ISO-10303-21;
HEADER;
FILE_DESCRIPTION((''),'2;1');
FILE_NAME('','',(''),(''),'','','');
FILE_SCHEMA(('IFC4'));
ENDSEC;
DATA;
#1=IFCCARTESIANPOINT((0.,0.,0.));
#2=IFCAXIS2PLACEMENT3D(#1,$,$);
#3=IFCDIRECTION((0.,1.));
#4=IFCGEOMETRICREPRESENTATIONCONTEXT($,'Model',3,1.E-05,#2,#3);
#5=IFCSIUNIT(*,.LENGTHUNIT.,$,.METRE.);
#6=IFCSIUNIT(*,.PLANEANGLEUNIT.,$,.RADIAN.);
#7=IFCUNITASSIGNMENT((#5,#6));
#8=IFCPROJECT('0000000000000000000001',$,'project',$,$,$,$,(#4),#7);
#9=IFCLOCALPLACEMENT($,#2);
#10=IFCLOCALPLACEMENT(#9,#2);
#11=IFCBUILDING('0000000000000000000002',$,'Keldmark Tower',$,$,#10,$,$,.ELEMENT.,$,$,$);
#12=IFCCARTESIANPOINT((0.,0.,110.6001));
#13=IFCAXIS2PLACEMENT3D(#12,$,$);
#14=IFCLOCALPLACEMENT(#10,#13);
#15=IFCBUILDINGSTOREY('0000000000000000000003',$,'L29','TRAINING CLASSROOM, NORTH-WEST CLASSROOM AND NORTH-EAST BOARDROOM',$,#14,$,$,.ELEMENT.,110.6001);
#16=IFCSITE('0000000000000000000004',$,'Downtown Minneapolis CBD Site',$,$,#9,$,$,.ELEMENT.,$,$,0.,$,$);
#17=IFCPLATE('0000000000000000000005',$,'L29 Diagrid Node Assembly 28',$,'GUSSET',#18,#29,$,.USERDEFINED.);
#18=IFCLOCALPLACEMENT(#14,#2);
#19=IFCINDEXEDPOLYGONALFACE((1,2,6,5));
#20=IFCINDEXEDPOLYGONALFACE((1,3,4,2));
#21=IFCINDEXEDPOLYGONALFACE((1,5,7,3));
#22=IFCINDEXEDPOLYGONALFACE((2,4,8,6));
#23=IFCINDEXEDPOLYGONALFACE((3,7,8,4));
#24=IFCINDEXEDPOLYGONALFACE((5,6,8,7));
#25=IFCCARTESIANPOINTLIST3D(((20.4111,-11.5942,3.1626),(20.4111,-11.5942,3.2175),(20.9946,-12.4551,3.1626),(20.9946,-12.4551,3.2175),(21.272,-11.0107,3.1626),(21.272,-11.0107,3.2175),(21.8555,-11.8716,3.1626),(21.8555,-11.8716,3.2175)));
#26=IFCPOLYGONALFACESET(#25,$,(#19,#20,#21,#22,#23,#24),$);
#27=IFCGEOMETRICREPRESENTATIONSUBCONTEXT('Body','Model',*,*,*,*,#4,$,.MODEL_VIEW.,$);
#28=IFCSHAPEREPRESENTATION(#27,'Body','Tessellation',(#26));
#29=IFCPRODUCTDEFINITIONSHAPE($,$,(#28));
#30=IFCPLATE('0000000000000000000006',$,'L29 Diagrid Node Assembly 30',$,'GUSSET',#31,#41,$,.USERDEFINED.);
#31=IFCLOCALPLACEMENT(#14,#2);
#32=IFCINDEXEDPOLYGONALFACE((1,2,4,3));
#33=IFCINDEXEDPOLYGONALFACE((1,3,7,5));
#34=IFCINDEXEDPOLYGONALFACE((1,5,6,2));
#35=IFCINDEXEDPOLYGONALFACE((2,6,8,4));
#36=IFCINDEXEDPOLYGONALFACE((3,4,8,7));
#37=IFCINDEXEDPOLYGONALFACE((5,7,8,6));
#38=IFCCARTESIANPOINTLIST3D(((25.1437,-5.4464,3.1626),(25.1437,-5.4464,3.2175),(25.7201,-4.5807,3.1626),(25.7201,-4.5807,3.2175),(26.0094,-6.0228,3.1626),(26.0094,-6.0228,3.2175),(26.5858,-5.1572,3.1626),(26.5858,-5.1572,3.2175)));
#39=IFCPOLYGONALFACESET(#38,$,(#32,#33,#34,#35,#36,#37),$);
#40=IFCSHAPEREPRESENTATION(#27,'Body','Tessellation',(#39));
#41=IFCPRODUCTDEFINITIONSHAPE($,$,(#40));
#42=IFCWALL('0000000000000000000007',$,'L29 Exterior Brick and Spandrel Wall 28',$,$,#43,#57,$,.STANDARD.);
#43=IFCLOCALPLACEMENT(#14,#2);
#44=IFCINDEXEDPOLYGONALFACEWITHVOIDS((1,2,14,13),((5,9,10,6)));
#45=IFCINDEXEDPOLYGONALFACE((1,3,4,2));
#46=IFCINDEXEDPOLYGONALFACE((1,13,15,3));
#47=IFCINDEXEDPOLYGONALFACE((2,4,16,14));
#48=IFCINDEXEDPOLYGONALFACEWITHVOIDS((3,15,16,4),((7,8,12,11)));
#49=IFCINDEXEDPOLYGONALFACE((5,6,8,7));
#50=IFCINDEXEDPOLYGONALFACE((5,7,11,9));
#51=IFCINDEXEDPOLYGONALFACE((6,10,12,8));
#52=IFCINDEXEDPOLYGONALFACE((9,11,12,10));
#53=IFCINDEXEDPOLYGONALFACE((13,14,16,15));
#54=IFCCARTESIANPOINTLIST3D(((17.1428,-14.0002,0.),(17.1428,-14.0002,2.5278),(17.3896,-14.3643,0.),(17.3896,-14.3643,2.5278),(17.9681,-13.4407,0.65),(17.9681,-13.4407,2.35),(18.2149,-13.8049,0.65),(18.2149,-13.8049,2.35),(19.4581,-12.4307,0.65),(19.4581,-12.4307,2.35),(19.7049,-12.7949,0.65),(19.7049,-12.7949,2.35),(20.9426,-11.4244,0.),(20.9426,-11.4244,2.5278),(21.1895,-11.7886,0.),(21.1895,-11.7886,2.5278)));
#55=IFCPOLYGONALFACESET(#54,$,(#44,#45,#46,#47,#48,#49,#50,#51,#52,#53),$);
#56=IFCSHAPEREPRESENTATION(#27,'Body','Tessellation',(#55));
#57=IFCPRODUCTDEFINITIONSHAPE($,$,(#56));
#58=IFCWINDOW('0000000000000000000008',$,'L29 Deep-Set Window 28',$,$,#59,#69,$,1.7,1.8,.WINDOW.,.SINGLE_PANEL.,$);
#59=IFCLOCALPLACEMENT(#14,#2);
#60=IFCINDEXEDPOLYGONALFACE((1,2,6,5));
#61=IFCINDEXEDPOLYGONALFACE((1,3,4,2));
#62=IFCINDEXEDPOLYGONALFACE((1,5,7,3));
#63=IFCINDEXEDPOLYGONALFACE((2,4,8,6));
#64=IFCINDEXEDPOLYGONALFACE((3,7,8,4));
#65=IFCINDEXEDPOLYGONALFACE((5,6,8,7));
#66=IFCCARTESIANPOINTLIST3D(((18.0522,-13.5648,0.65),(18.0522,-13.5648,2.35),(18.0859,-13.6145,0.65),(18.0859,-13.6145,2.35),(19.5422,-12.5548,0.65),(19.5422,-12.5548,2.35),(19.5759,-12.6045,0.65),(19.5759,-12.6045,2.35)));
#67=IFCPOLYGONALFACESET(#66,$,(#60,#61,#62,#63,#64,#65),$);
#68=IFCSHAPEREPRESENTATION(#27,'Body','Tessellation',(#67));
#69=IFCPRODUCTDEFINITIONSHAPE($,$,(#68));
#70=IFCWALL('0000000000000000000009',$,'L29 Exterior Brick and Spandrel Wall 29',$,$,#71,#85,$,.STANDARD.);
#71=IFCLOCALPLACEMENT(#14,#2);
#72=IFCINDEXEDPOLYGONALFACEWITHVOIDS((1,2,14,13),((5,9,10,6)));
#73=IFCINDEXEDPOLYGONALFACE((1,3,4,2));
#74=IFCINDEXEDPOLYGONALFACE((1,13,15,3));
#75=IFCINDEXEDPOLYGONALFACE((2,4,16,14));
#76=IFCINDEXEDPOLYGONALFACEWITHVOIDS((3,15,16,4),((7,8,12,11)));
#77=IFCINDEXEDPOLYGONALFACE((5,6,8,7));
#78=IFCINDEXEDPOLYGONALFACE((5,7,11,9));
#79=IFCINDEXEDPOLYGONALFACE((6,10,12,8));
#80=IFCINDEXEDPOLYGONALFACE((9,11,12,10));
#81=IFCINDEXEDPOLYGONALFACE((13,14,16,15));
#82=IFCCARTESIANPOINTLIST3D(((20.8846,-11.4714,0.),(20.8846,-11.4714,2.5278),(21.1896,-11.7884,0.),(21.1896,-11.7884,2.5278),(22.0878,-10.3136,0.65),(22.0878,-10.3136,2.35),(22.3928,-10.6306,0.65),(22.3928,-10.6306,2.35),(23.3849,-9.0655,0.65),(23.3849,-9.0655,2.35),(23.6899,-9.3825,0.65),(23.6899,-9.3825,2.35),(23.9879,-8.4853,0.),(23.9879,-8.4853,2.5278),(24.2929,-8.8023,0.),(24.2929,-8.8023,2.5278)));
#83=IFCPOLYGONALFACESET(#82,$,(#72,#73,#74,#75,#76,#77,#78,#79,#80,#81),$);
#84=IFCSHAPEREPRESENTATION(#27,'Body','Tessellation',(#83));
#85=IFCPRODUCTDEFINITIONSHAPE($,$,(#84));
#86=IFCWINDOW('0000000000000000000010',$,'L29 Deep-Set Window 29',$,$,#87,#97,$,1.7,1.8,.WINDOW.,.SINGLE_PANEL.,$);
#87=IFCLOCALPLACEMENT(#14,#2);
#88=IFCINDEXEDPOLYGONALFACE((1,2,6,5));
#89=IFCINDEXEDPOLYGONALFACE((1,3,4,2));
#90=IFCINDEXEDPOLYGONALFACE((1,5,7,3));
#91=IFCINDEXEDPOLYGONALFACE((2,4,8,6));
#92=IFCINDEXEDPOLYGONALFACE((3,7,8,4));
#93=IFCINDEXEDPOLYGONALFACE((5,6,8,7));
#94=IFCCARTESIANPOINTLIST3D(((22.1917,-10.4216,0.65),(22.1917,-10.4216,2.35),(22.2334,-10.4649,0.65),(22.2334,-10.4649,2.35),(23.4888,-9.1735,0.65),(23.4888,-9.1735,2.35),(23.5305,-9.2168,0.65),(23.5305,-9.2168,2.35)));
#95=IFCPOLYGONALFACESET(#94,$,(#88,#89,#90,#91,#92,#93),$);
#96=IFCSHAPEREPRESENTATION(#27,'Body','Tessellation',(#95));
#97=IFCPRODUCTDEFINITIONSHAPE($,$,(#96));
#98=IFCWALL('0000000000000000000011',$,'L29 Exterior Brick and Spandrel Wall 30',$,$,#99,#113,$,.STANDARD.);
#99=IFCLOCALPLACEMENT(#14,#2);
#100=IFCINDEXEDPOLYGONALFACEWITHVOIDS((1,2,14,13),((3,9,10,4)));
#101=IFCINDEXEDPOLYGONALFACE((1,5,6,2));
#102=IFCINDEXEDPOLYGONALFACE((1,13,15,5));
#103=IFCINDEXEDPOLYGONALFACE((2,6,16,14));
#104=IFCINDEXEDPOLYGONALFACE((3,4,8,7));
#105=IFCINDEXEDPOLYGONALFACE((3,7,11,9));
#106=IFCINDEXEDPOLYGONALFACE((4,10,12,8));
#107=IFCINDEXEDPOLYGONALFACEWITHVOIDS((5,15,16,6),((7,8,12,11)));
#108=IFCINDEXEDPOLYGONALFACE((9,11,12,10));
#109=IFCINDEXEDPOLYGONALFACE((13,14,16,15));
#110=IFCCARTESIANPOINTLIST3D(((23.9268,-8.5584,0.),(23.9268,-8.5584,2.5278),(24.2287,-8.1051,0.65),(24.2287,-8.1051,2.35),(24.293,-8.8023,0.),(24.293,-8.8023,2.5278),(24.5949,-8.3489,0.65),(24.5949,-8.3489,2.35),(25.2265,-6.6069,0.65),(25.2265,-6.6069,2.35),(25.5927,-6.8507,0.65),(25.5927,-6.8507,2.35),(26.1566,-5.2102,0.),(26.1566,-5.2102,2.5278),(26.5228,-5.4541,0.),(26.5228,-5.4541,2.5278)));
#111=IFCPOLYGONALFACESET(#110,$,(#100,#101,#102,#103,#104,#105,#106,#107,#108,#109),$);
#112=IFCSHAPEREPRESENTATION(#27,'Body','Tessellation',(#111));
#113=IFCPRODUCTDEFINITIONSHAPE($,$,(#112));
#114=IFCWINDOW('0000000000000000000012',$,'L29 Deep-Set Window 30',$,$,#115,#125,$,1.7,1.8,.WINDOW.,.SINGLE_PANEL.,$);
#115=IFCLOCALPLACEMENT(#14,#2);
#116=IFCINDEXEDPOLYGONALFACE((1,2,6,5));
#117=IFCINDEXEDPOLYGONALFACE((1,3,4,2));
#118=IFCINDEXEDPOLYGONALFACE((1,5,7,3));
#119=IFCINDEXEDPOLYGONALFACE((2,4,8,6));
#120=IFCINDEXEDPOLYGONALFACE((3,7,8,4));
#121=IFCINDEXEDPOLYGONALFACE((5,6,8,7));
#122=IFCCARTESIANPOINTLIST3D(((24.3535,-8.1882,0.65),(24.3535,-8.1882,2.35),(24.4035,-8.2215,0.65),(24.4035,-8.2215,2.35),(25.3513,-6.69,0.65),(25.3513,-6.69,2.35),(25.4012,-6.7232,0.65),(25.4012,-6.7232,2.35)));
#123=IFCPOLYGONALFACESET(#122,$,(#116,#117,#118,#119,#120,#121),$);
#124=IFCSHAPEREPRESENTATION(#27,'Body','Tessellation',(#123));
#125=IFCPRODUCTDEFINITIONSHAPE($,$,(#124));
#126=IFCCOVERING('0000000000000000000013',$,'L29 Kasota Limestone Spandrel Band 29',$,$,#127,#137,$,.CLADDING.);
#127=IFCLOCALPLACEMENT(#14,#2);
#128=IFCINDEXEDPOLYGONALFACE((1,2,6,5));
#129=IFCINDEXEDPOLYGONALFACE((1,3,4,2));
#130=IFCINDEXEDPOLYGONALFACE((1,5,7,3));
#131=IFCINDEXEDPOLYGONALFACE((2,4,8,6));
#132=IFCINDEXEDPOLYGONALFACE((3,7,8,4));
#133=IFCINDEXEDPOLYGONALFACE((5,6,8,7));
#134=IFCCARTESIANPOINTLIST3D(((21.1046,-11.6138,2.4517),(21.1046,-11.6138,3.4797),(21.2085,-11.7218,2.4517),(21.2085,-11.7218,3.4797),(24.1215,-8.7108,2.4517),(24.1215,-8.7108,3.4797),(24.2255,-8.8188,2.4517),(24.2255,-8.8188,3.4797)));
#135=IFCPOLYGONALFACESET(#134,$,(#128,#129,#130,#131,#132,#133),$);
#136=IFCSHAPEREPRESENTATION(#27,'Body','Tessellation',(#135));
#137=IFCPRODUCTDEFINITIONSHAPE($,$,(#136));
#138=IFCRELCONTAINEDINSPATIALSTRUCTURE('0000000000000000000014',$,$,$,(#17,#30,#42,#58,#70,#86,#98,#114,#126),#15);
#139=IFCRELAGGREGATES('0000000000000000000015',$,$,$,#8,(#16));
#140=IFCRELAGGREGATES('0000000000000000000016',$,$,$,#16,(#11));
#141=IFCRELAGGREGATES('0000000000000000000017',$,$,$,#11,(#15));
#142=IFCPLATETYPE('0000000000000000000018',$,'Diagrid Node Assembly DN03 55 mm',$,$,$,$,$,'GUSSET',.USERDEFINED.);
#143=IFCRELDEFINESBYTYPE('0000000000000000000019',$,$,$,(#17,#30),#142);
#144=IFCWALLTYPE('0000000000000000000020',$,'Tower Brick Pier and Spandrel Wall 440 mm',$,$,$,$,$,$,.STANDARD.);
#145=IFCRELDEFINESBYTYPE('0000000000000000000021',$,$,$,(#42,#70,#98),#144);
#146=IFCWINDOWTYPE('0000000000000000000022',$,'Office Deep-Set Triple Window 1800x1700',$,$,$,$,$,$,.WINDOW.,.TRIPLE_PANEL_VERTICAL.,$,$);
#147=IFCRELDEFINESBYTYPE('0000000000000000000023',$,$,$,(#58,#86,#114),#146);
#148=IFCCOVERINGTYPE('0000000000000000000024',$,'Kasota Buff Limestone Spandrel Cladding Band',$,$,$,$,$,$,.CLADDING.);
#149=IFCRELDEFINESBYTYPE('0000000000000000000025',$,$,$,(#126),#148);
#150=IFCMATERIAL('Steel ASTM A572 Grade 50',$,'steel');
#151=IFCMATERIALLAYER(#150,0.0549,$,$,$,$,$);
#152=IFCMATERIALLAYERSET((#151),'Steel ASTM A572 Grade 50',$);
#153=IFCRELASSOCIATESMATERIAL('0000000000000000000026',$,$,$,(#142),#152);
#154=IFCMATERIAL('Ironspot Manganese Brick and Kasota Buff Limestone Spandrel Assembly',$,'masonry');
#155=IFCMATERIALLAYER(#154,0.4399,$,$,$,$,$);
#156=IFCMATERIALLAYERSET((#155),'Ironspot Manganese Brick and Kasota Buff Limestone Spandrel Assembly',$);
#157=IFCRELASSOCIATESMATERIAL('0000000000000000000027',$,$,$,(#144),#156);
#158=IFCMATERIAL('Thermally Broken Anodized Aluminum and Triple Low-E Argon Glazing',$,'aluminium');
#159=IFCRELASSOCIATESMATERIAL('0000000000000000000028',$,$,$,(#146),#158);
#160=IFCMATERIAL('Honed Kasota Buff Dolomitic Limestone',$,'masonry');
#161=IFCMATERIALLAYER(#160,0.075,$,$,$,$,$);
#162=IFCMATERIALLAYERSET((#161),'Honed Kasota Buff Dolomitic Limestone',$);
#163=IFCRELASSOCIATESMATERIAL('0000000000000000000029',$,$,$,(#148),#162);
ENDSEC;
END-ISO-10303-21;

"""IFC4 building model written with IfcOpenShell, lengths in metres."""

from ifc_helpers import new_model, si_unit, direction, frame, frame_2d, origin, origin_2d, place, context, subcontext, project, spatial, rectangle, extrude, material, layer, layer_set, type_object, element, fill, save


model = new_model("IFC4")

# Units and contexts
model_context = context("Model", 3, precision=1e-05, world=origin(), true_north=direction((0.0, 1.0)))
body_context = subcontext(model_context, "Body", "Model", "MODEL_VIEW")
ifc_project = project(units=[si_unit("LENGTHUNIT", "METRE"), si_unit("PLANEANGLEUNIT", "RADIAN")], contexts=[model_context])

# Site, building, storey
site_placement = place(None, origin())
site = spatial("IfcSite", under=ifc_project, at=site_placement, Name="Downtown Minneapolis CBD Site", CompositionType="ELEMENT", RefElevation=0.0)
building_placement = place(site_placement, origin())
building = spatial("IfcBuilding", under=site, at=building_placement, Name="Keldmark Tower", CompositionType="ELEMENT")
storey_placement = place(building_placement, frame((0.0, 0.0, 110.6001)))
storey = spatial("IfcBuildingStorey", under=building, at=storey_placement, Name="L29", Description="TRAINING CLASSROOM, NORTH-WEST CLASSROOM AND NORTH-EAST BOARDROOM", CompositionType="ELEMENT", Elevation=110.6001)

# Plates
ifc_material_1 = material(Name="Steel ASTM A572 Grade 50", Category="steel")
ifc_layer_1 = layer(ifc_material_1, 0.0549)
ifc_layer_set_1 = layer_set([ifc_layer_1], Name="Steel ASTM A572 Grade 50")
plate_type = type_object("IfcPlateType", Name="Diagrid Node Assembly DN03 55 mm", ElementType="GUSSET", PredefinedType="USERDEFINED", material=ifc_layer_set_1)
for number, where, z_axis, x_axis, name in (
    (1, (21.1333, -11.7329, 3.1626), (0.0, 0.0, 1.0), (0.827767, 0.561072, 0.0), "L29 Diagrid Node Assembly 28"),
    (2, (25.8647, -5.3018, 3.1626), (0.0, 0.0, 1.0), (0.554263, 0.832341, 0.0), "L29 Diagrid Node Assembly 30"),
):
    element("IfcPlate", number, at=place(storey_placement, frame(where, z_axis=z_axis, x_axis=x_axis)), inside=storey, type_object=plate_type, Name=name, ObjectType="GUSSET", PredefinedType="USERDEFINED", context=body_context, shape_type="SweptSolid", body=[
        extrude(rectangle(XDim=1.04, YDim=1.04, at=origin_2d()), origin(), (0.0, 0.0, 1.0), 0.0549),
    ])

# Walls, openings, windows
ifc_material_2 = material(Name="Ironspot Manganese Brick and Kasota Buff Limestone Spandrel Assembly", Category="masonry")
ifc_layer_2 = layer(ifc_material_2, 0.4399)
ifc_layer_set_2 = layer_set([ifc_layer_2], Name="Ironspot Manganese Brick and Kasota Buff Limestone Spandrel Assembly")
wall_type = type_object("IfcWallType", Name="Tower Brick Pier and Spandrel Wall 440 mm", PredefinedType="STANDARD", material=ifc_layer_set_2)
wall_1_placement = place(storey_placement, frame((21.0662, -11.6064, 0.0), z_axis=(0.0, 0.0, 1.0), x_axis=(-0.827755, -0.56109, 0.0)))
wall_1 = element("IfcWall", 3, at=wall_1_placement, inside=storey, type_object=wall_type, Name="L29 Exterior Brick and Spandrel Wall 28", PredefinedType="STANDARD", context=body_context, shape_type="SweptSolid", body=[
    extrude(rectangle(XDim=4.5906, YDim=0.4399, at=frame_2d((2.2954, 0.0))), origin(), (0.0, 0.0, 1.0), 2.5278),
])
opening_1_placement = place(wall_1_placement, frame((1.7937, 0.0, 0.6499)))
opening_1 = element("IfcOpeningElement", 4, at=opening_1_placement, cuts=wall_1, PredefinedType="OPENING", context=body_context, shape_type="SweptSolid", body=[
    extrude(rectangle(XDim=1.8, YDim=1.7, at=frame_2d((0.8999, 0.8501))), frame((0.0, 0.23, 0.0), z_axis=(0.0, -1.0, 0.0), x_axis=(1.0, 0.0, 0.0)), (0.0, 0.0, 1.0), 0.46),
])
ifc_material_3 = material(Name="Thermally Broken Anodized Aluminum and Triple Low-E Argon Glazing", Category="aluminium")
window_type = type_object("IfcWindowType", Name="Office Deep-Set Triple Window 1800x1700", PartitioningType="TRIPLE_PANEL_VERTICAL", PredefinedType="WINDOW", material=ifc_material_3)
window_1_placement = place(opening_1_placement, origin())
window_1 = element("IfcWindow", 5, at=window_1_placement, inside=storey, type_object=window_type, Name="L29 Deep-Set Window 28", OverallHeight=1.7, OverallWidth=1.8, PartitioningType="SINGLE_PANEL", PredefinedType="WINDOW", context=body_context, shape_type="SweptSolid", body=[
    extrude(rectangle(XDim=1.8, YDim=1.7, at=frame_2d((0.8999, 0.8501))), frame((0.0, -0.01, 0.0), z_axis=(0.0, -1.0, 0.0), x_axis=(1.0, 0.0, 0.0)), (0.0, 0.0, 1.0), 0.0601),
])
fill(opening_1, window_1)
wall_2_placement = place(storey_placement, frame((24.1404, -8.6438, 0.0), z_axis=(0.0, 0.0, 1.0), x_axis=(-0.720581, -0.69337, 0.0)))
wall_2 = element("IfcWall", 6, at=wall_2_placement, inside=storey, type_object=wall_type, Name="L29 Exterior Brick and Spandrel Wall 29", PredefinedType="STANDARD", context=body_context, shape_type="SweptSolid", body=[
    extrude(rectangle(XDim=4.3066, YDim=0.4399, at=frame_2d((2.1533, 0.0))), origin(), (0.0, 0.0, 1.0), 2.5278),
])
opening_2_placement = place(wall_2_placement, frame((0.8369, 0.0, 0.6499)))
opening_2 = element("IfcOpeningElement", 7, at=opening_2_placement, cuts=wall_2, PredefinedType="OPENING", context=body_context, shape_type="SweptSolid", body=[
    extrude(rectangle(XDim=1.8, YDim=1.7, at=frame_2d((0.8999, 0.8501))), frame((0.0, 0.23, 0.0), z_axis=(0.0, -1.0, 0.0), x_axis=(1.0, 0.0, 0.0)), (0.0, 0.0, 1.0), 0.46),
])
window_2_placement = place(opening_2_placement, origin())
window_2 = element("IfcWindow", 8, at=window_2_placement, inside=storey, type_object=window_type, Name="L29 Deep-Set Window 29", OverallHeight=1.7, OverallWidth=1.8, PartitioningType="SINGLE_PANEL", PredefinedType="WINDOW", context=body_context, shape_type="SweptSolid", body=[
    extrude(rectangle(XDim=1.8, YDim=1.7, at=frame_2d((0.8999, 0.8501))), frame((0.0, -0.01, 0.0), z_axis=(0.0, -1.0, 0.0), x_axis=(1.0, 0.0, 0.0)), (0.0, 0.0, 1.0), 0.0601),
])
fill(opening_2, window_2)
wall_3_placement = place(storey_placement, frame((26.3396, -5.3323, 0.0), z_axis=(0.0, 0.0, 1.0), x_axis=(-0.554294, -0.832321, 0.0)))
wall_3 = element("IfcWall", 9, at=wall_3_placement, inside=storey, type_object=wall_type, Name="L29 Exterior Brick and Spandrel Wall 30", PredefinedType="STANDARD", context=body_context, shape_type="SweptSolid", body=[
    extrude(rectangle(XDim=4.0227, YDim=0.4399, at=frame_2d((2.0112, 0.0))), origin(), (0.0, 0.0, 1.0), 2.5278),
])
opening_3_placement = place(wall_3_placement, frame((1.678, 0.0, 0.6499)))
opening_3 = element("IfcOpeningElement", 10, at=opening_3_placement, cuts=wall_3, PredefinedType="OPENING", context=body_context, shape_type="SweptSolid", body=[
    extrude(rectangle(XDim=1.8, YDim=1.7, at=frame_2d((0.8999, 0.8501))), frame((0.0, 0.23, 0.0), z_axis=(0.0, -1.0, 0.0), x_axis=(1.0, 0.0, 0.0)), (0.0, 0.0, 1.0), 0.46),
])
window_3_placement = place(opening_3_placement, origin())
window_3 = element("IfcWindow", 11, at=window_3_placement, inside=storey, type_object=window_type, Name="L29 Deep-Set Window 30", OverallHeight=1.7, OverallWidth=1.8, PartitioningType="SINGLE_PANEL", PredefinedType="WINDOW", context=body_context, shape_type="SweptSolid", body=[
    extrude(rectangle(XDim=1.8, YDim=1.7, at=frame_2d((0.8999, 0.8501))), frame((0.0, -0.01, 0.0), z_axis=(0.0, -1.0, 0.0), x_axis=(1.0, 0.0, 0.0)), (0.0, 0.0, 1.0), 0.0601),
])
fill(opening_3, window_3)

# Covering
ifc_material_4 = material(Name="Honed Kasota Buff Dolomitic Limestone", Category="masonry")
ifc_layer_3 = layer(ifc_material_4, 0.075)
ifc_layer_set_3 = layer_set([ifc_layer_3], Name="Honed Kasota Buff Dolomitic Limestone")
covering_type = type_object("IfcCoveringType", Name="Kasota Buff Limestone Spandrel Cladding Band", PredefinedType="CLADDING", material=ifc_layer_set_3)
covering_placement = place(storey_placement, frame((22.665, -10.2163, 2.4517), z_axis=(0.0, 0.0, 1.0), x_axis=(0.720587, 0.693364, 0.0)))
element("IfcCovering", 12, at=covering_placement, inside=storey, type_object=covering_type, Name="L29 Kasota Limestone Spandrel Band 29", PredefinedType="CLADDING", context=body_context, shape_type="SweptSolid", body=[
    extrude(rectangle(XDim=4.1868, YDim=0.1499, at=origin_2d()), origin(), (0.0, 0.0, 1.0), 1.0281),
])

save(model, "model.ifc")
